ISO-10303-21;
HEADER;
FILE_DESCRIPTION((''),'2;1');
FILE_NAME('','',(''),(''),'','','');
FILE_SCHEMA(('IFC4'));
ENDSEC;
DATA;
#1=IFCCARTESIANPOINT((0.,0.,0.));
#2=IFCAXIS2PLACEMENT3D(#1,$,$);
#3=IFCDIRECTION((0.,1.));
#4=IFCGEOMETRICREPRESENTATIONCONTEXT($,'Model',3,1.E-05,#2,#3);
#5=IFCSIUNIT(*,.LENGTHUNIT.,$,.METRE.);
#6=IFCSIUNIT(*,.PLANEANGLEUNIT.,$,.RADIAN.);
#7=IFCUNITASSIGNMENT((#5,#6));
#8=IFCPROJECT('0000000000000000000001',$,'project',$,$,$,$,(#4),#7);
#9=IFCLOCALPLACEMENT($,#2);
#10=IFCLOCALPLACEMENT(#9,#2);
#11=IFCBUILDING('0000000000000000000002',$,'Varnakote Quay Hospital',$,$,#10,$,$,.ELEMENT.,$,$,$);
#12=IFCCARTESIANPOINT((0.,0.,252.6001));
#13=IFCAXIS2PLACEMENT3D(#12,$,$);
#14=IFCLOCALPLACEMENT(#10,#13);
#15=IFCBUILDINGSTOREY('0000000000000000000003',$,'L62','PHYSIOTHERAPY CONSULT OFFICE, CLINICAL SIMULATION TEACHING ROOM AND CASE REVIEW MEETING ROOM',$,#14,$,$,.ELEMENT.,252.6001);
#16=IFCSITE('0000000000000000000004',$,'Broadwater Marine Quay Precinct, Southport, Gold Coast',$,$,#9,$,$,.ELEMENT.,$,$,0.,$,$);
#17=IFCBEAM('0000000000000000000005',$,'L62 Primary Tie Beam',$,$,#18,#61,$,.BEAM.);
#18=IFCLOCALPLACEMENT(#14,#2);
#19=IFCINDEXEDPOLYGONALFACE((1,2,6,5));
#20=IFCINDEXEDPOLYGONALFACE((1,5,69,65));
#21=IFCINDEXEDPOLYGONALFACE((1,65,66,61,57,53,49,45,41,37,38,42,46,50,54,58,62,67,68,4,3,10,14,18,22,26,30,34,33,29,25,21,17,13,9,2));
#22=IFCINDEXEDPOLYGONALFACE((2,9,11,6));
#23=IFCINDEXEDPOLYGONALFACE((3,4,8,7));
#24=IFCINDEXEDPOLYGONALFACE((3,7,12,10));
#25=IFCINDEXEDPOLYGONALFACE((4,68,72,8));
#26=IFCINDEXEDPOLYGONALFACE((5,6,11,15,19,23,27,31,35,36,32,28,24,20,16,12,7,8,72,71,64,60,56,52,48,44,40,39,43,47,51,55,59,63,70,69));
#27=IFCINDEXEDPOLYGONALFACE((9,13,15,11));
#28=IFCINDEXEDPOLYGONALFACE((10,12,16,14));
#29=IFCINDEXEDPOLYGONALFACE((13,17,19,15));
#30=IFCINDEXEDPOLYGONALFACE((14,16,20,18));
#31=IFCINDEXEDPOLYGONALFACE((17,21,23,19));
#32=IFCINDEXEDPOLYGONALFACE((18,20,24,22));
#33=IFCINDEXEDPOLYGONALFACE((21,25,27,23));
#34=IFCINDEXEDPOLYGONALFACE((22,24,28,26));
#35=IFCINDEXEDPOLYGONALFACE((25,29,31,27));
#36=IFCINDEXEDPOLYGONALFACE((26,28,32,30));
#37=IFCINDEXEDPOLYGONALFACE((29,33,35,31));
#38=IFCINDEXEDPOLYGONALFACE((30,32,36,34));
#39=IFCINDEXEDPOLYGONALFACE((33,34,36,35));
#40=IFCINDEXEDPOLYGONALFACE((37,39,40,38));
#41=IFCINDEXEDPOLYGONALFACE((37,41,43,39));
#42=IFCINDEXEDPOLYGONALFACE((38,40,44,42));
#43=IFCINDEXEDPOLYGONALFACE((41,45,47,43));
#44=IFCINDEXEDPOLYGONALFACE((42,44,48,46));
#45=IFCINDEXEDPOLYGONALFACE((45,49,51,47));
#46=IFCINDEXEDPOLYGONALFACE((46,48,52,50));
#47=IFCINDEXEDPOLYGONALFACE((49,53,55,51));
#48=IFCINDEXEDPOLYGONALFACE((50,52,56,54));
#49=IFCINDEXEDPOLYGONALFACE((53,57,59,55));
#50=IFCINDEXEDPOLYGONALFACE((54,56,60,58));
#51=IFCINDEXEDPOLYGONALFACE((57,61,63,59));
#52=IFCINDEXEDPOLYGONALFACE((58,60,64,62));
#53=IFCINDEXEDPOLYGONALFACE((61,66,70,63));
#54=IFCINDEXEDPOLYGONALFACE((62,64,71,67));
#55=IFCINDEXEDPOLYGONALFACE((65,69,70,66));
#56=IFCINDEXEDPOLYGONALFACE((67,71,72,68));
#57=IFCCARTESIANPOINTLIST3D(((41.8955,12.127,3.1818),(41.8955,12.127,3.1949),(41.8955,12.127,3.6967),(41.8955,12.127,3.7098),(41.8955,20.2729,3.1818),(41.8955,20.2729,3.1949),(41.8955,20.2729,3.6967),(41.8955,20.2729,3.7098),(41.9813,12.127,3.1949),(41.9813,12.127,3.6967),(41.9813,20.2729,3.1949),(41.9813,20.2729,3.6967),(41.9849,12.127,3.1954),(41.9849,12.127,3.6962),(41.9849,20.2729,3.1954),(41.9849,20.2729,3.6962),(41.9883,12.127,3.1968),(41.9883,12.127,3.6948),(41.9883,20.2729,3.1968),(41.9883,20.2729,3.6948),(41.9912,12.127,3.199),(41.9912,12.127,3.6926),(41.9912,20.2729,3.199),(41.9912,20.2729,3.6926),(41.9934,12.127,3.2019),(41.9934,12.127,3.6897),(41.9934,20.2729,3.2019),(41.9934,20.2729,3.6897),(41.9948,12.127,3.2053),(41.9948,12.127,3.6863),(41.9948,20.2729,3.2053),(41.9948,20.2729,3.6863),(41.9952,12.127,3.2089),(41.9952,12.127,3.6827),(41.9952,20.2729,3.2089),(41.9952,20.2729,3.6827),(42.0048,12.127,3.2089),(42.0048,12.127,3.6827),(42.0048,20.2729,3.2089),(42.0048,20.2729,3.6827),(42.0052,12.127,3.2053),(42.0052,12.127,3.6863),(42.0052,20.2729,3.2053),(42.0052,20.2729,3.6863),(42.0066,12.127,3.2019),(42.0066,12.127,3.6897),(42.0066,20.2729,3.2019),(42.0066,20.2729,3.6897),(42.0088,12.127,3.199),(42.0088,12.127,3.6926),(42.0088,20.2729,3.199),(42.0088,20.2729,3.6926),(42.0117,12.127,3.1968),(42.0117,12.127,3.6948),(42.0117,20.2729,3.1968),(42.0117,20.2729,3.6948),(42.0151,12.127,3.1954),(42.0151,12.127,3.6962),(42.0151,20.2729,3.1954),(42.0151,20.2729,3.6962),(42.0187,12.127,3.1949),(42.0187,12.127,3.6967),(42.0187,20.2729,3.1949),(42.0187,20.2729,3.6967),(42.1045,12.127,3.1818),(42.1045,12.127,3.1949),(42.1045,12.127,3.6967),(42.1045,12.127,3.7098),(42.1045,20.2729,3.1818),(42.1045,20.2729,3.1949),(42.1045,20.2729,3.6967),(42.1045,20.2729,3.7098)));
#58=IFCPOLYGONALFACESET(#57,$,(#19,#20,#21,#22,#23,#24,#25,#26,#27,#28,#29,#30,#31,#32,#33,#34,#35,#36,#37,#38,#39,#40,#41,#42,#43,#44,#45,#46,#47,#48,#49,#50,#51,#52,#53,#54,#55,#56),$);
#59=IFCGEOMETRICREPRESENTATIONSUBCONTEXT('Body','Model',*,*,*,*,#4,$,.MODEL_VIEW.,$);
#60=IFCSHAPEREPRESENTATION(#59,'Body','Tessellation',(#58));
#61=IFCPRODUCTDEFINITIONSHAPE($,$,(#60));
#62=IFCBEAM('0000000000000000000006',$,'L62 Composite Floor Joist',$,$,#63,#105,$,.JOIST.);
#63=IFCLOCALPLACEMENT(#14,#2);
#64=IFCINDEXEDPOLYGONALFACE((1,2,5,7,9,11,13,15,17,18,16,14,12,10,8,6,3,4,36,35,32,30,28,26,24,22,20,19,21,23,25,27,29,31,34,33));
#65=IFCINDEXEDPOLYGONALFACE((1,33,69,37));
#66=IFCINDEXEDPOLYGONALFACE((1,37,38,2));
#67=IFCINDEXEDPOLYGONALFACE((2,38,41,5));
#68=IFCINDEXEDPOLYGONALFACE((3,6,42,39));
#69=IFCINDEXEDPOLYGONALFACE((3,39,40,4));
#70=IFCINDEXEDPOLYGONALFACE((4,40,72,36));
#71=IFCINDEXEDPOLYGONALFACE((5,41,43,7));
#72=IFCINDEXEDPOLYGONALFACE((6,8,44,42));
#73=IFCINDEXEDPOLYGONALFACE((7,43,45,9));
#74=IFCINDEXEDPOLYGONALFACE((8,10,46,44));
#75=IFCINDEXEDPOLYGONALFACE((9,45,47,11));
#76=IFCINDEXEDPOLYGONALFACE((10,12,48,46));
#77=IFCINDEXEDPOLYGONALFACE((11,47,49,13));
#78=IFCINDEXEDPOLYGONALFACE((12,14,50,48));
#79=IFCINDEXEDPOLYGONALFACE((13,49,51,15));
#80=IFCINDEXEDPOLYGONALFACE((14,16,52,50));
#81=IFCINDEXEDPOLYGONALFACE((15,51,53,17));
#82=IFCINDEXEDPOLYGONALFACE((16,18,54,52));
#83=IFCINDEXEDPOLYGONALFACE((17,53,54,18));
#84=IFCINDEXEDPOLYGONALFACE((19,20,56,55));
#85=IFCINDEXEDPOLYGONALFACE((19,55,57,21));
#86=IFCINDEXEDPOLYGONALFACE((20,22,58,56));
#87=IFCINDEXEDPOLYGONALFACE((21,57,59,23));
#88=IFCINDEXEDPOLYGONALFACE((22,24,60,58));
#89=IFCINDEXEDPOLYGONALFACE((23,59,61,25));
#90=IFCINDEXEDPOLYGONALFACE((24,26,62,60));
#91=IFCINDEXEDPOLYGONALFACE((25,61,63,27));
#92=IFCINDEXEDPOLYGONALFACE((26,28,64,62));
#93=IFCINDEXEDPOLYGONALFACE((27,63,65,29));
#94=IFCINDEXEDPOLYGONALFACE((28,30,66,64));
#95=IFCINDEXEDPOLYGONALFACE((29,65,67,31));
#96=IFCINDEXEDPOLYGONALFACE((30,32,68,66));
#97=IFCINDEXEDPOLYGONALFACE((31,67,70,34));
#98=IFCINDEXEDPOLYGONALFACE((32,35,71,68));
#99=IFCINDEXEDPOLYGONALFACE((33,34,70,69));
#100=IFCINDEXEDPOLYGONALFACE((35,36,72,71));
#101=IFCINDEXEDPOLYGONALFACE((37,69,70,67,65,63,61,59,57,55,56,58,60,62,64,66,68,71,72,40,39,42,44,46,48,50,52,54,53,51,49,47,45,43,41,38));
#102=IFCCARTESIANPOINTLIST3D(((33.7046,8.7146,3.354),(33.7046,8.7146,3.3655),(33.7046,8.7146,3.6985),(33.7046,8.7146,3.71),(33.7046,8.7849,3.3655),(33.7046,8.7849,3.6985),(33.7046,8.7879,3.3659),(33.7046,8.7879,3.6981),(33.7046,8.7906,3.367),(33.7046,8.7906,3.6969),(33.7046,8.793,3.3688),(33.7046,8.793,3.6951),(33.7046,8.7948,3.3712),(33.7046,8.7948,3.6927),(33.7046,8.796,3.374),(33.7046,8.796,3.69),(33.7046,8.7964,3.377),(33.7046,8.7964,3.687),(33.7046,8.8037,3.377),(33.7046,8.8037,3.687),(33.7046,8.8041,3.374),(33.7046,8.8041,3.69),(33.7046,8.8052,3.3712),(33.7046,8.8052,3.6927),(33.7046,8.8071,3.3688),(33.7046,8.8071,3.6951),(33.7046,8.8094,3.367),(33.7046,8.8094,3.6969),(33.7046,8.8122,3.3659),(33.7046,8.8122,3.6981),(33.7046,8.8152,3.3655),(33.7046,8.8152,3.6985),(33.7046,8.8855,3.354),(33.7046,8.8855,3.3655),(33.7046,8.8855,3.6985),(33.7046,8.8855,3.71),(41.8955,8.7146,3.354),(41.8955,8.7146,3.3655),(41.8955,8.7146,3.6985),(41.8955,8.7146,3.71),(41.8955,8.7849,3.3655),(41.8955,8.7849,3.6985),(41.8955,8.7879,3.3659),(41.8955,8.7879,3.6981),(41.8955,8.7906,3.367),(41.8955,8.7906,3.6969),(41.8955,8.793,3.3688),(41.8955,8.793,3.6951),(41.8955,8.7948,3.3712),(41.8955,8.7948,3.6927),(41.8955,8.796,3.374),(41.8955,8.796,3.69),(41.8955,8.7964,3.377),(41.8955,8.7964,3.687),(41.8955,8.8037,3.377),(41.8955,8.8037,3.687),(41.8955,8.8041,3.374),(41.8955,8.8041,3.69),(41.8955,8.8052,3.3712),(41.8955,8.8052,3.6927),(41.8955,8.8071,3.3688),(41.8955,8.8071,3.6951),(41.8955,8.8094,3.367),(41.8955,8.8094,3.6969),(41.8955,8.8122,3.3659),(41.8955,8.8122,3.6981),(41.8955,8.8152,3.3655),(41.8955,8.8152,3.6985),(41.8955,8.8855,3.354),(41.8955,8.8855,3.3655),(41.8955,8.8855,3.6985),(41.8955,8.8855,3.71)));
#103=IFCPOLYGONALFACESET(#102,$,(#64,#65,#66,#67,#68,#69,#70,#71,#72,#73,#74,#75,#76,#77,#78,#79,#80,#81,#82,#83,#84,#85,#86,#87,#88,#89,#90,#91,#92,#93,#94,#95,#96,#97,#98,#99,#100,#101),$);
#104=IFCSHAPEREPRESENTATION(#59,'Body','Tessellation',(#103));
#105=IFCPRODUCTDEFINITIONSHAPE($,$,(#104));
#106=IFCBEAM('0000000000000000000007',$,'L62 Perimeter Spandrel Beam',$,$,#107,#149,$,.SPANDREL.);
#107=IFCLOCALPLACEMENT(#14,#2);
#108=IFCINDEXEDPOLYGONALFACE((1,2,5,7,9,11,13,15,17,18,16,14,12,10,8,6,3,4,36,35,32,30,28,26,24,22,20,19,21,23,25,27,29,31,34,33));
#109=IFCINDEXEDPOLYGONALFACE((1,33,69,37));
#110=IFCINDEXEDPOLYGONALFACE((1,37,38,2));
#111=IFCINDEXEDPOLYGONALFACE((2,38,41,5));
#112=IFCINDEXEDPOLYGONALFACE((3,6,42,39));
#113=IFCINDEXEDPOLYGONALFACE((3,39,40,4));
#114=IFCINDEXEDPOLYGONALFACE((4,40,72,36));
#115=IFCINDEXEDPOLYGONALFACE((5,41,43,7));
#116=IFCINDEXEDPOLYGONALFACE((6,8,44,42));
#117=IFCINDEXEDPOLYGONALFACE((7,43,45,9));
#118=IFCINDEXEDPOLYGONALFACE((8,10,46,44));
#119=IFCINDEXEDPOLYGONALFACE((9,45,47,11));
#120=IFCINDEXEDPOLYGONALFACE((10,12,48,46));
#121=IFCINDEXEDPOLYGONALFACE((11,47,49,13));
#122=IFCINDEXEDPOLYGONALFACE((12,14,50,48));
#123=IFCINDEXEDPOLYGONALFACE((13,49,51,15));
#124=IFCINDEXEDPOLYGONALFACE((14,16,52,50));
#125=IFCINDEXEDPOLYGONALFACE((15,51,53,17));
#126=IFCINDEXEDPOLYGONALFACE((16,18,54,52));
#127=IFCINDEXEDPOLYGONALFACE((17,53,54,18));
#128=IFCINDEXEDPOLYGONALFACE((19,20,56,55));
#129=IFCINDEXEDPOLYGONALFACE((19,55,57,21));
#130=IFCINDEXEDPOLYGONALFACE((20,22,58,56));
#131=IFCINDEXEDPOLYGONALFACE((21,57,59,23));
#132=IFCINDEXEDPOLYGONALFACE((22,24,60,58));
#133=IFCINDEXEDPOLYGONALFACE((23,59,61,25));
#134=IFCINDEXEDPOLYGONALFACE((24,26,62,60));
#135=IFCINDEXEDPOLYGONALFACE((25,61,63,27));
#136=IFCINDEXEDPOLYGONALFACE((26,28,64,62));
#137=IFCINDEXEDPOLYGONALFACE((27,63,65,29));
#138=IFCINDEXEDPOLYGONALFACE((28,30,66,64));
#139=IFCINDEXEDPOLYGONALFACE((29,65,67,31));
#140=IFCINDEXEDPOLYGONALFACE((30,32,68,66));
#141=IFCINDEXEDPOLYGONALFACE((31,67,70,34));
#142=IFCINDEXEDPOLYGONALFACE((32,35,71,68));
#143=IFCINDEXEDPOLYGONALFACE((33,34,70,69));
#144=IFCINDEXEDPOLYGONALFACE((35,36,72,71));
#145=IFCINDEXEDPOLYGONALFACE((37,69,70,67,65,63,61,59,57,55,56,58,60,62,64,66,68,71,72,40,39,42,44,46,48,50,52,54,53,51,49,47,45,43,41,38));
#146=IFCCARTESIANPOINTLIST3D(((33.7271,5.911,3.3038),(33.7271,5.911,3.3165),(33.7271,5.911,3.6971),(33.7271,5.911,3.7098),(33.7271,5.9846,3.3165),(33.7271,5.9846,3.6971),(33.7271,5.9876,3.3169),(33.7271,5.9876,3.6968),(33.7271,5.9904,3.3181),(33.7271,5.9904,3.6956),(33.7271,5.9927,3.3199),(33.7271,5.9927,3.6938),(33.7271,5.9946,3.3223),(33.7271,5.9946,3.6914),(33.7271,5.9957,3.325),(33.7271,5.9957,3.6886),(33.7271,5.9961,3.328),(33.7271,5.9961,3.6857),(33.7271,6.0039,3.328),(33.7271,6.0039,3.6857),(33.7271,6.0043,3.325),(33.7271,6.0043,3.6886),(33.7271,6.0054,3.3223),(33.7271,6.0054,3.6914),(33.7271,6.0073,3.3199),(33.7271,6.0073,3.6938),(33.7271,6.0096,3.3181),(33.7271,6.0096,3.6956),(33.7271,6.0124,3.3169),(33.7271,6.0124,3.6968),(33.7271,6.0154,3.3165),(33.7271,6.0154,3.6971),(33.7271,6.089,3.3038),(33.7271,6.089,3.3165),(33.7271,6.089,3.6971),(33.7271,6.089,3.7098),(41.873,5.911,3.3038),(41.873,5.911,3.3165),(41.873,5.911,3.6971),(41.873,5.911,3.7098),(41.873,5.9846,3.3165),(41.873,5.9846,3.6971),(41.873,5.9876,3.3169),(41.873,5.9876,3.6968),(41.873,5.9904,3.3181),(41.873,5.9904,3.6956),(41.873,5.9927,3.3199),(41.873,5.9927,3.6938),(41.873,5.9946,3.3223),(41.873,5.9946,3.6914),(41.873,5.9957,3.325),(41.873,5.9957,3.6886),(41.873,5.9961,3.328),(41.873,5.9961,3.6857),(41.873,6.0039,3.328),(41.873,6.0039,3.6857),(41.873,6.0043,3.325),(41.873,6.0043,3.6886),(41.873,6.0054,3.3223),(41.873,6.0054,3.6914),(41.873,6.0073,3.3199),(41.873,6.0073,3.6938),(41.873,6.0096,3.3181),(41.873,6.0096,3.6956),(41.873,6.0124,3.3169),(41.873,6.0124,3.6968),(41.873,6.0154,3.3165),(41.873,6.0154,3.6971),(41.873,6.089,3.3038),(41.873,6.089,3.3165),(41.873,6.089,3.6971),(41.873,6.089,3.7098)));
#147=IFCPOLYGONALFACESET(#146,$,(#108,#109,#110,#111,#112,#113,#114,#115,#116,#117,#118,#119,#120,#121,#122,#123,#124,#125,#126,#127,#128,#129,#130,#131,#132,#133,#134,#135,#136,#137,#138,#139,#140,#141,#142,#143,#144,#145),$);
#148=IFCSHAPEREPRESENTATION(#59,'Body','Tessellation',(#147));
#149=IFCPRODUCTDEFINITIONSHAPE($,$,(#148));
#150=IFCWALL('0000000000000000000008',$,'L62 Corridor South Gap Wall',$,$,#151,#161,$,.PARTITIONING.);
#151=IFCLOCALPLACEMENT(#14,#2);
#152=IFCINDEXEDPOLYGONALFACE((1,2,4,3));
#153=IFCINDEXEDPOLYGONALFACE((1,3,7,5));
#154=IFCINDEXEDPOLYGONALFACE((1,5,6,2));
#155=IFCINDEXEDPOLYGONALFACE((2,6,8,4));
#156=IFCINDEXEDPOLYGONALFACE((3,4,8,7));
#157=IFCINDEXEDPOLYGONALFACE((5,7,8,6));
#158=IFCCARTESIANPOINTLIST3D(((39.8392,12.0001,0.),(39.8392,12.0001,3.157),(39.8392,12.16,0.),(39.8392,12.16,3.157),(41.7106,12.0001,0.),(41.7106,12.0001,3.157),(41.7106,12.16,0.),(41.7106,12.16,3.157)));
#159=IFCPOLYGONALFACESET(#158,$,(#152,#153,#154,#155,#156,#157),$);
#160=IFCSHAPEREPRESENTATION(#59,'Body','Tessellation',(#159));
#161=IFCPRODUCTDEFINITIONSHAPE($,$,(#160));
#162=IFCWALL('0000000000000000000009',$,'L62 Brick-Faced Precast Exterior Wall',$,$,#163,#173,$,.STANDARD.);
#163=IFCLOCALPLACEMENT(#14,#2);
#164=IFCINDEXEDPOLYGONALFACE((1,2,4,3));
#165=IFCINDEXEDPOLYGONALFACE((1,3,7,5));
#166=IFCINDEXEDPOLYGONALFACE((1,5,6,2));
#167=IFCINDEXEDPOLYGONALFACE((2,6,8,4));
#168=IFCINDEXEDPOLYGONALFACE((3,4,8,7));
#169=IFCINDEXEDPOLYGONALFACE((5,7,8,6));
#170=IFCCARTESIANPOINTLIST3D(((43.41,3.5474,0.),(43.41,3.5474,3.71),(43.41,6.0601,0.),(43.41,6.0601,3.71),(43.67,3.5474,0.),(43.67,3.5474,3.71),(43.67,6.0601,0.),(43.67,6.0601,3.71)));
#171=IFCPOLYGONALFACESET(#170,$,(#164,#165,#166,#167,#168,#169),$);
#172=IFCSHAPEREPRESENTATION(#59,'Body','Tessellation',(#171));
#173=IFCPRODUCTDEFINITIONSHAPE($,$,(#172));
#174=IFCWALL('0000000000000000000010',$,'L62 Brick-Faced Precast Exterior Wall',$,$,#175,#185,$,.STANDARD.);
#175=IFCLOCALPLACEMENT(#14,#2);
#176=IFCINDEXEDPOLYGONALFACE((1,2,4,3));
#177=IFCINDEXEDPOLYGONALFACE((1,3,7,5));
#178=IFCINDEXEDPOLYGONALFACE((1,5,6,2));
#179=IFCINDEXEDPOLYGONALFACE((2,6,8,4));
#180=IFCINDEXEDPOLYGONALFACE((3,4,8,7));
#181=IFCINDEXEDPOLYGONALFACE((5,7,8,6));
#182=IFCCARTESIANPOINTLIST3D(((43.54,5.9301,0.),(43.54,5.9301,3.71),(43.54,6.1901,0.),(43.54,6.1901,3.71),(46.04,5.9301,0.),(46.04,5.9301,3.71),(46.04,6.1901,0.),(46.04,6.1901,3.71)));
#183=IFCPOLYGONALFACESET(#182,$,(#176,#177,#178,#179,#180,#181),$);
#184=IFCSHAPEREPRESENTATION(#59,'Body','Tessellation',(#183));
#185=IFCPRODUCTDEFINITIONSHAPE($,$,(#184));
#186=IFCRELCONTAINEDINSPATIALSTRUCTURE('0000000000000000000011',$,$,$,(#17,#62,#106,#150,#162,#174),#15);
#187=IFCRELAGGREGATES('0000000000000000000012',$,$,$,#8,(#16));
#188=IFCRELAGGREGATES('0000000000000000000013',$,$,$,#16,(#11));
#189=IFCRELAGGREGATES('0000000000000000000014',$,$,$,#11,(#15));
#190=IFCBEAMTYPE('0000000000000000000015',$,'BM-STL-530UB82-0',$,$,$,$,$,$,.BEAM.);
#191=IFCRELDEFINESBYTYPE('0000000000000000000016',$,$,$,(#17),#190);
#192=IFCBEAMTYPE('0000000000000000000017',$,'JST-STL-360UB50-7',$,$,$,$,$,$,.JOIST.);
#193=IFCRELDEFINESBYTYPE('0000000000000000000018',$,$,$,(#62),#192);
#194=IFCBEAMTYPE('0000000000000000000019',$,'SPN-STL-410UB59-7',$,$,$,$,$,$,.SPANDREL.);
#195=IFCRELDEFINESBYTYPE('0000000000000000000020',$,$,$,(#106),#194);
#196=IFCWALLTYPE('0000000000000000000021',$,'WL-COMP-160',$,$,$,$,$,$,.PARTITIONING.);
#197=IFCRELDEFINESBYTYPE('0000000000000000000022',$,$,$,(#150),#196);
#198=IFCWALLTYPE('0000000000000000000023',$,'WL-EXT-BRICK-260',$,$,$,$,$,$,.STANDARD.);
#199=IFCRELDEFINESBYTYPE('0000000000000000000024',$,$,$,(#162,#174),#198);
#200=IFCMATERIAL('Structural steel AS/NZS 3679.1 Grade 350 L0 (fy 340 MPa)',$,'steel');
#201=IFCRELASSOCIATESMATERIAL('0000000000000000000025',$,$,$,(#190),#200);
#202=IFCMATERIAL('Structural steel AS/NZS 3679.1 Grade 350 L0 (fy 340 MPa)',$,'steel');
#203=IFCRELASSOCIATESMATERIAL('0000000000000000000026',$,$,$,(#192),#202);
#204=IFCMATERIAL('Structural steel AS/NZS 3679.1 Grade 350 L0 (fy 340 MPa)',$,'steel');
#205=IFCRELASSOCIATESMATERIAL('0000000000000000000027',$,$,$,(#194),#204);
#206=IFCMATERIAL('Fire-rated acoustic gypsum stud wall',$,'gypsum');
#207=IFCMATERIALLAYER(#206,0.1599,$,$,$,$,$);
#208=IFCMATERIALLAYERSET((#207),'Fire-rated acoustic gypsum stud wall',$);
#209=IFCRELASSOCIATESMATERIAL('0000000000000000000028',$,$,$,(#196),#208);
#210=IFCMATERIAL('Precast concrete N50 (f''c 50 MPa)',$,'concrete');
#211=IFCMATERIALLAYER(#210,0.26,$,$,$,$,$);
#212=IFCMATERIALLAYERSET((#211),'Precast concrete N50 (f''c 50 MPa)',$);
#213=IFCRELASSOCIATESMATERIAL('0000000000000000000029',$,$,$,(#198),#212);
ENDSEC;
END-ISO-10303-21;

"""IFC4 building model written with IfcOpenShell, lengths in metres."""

from ifc_helpers import new_model, si_unit, direction, frame, frame_2d, origin, origin_2d, place, context, subcontext, project, spatial, rectangle, i_section, extrude, material, layer, layer_set, material_profile, profile_set, type_object, element, save


model = new_model("IFC4")

# Units and contexts
model_context = context("Model", 3, precision=1e-05, world=origin(), true_north=direction((0.0, 1.0)))
body_context = subcontext(model_context, "Body", "Model", "MODEL_VIEW")
ifc_project = project(units=[si_unit("LENGTHUNIT", "METRE"), si_unit("PLANEANGLEUNIT", "RADIAN")], contexts=[model_context])

# Site, building, storey
site_placement = place(None, origin())
site = spatial("IfcSite", under=ifc_project, at=site_placement, Name="Broadwater Marine Quay Precinct, Southport, Gold Coast", CompositionType="ELEMENT", RefElevation=0.0)
building_placement = place(site_placement, origin())
building = spatial("IfcBuilding", under=site, at=building_placement, Name="Varnakote Quay Hospital", CompositionType="ELEMENT")
storey_placement = place(building_placement, frame((0.0, 0.0, 252.6001)))
storey = spatial("IfcBuildingStorey", under=building, at=storey_placement, Name="L62", Description="PHYSIOTHERAPY CONSULT OFFICE, CLINICAL SIMULATION TEACHING ROOM AND CASE REVIEW MEETING ROOM", CompositionType="ELEMENT", Elevation=252.6001)

# Beams
ifc_material_1 = material(Name="Structural steel AS/NZS 3679.1 Grade 350 L0 (fy 340 MPa)", Category="steel")
ifc_material_profile_1 = material_profile(ifc_material_1, i_section(OverallWidth=0.209, OverallDepth=0.5281, WebThickness=0.0095, FlangeThickness=0.0132, FilletRadius=0.0139, at=origin_2d()), Name="530UB82.0")
ifc_profile_set_1 = profile_set([ifc_material_profile_1], Name="Structural steel AS/NZS 3679.1 Grade 350 L0 (fy 340 MPa)")
beam_type_1 = type_object("IfcBeamType", Name="BM-STL-530UB82-0", PredefinedType="BEAM", material=ifc_profile_set_1)
beam_1_placement = place(storey_placement, frame((42.0, 12.127, 3.4458), z_axis=(0.0, 1.0, 0.0), x_axis=(-1.0, 0.0, 0.0)))
element("IfcBeam", 1, at=beam_1_placement, inside=storey, type_object=beam_type_1, Name="L62 Primary Tie Beam", PredefinedType="BEAM", context=body_context, shape_type="SweptSolid", body=[
    extrude(i_section(OverallWidth=0.209, OverallDepth=0.5281, WebThickness=0.0095, FlangeThickness=0.0132, FilletRadius=0.0139, at=origin_2d()), origin(), (0.0, 0.0, 1.0), 8.146),
])
ifc_material_2 = material(Name="Structural steel AS/NZS 3679.1 Grade 350 L0 (fy 340 MPa)", Category="steel")
ifc_material_profile_2 = material_profile(ifc_material_2, i_section(OverallWidth=0.1709, OverallDepth=0.356, WebThickness=0.0073, FlangeThickness=0.0115, FilletRadius=0.0115, at=origin_2d()), Name="360UB50.7")
ifc_profile_set_2 = profile_set([ifc_material_profile_2], Name="Structural steel AS/NZS 3679.1 Grade 350 L0 (fy 340 MPa)")
beam_type_2 = type_object("IfcBeamType", Name="JST-STL-360UB50-7", PredefinedType="JOIST", material=ifc_profile_set_2)
beam_2_placement = place(storey_placement, frame((33.7046, 8.8, 3.532), z_axis=(1.0, 0.0, 0.0), x_axis=(0.0, 1.0, 0.0)))
element("IfcBeam", 2, at=beam_2_placement, inside=storey, type_object=beam_type_2, Name="L62 Composite Floor Joist", PredefinedType="JOIST", context=body_context, shape_type="SweptSolid", body=[
    extrude(i_section(OverallWidth=0.1709, OverallDepth=0.356, WebThickness=0.0073, FlangeThickness=0.0115, FilletRadius=0.0115, at=origin_2d()), origin(), (0.0, 0.0, 1.0), 8.1909),
])
ifc_material_3 = material(Name="Structural steel AS/NZS 3679.1 Grade 350 L0 (fy 340 MPa)", Category="steel")
ifc_material_profile_3 = material_profile(ifc_material_3, i_section(OverallWidth=0.178, OverallDepth=0.406, WebThickness=0.0078, FlangeThickness=0.0127, FilletRadius=0.0115, at=origin_2d()), Name="410UB59.7")
ifc_profile_set_3 = profile_set([ifc_material_profile_3], Name="Structural steel AS/NZS 3679.1 Grade 350 L0 (fy 340 MPa)")
beam_type_3 = type_object("IfcBeamType", Name="SPN-STL-410UB59-7", PredefinedType="SPANDREL", material=ifc_profile_set_3)
beam_3_placement = place(storey_placement, frame((33.7271, 6.0, 3.5068), z_axis=(1.0, 0.0, 0.0), x_axis=(0.0, 1.0, 0.0)))
element("IfcBeam", 3, at=beam_3_placement, inside=storey, type_object=beam_type_3, Name="L62 Perimeter Spandrel Beam", PredefinedType="SPANDREL", context=body_context, shape_type="SweptSolid", body=[
    extrude(i_section(OverallWidth=0.178, OverallDepth=0.406, WebThickness=0.0078, FlangeThickness=0.0127, FilletRadius=0.0115, at=origin_2d()), origin(), (0.0, 0.0, 1.0), 8.146),
])

# Walls
ifc_material_4 = material(Name="Fire-rated acoustic gypsum stud wall", Category="gypsum")
ifc_layer_1 = layer(ifc_material_4, 0.1599)
ifc_layer_set_1 = layer_set([ifc_layer_1], Name="Fire-rated acoustic gypsum stud wall")
wall_type_1 = type_object("IfcWallType", Name="WL-COMP-160", PredefinedType="PARTITIONING", material=ifc_layer_set_1)
wall_1_placement = place(storey_placement, frame((39.8394, 12.0801, 0.0), z_axis=(0.0, 0.0, 1.0), x_axis=(1.0, 0.0, 0.0)))
element("IfcWall", 4, at=wall_1_placement, inside=storey, type_object=wall_type_1, Name="L62 Corridor South Gap Wall", PredefinedType="PARTITIONING", context=body_context, shape_type="SweptSolid", body=[
    extrude(rectangle(XDim=1.8713, YDim=0.1599, at=frame_2d((0.9355, 0.0))), origin(), (0.0, 0.0, 1.0), 3.157),
])
ifc_material_5 = material(Name="Precast concrete N50 (f'c 50 MPa)", Category="concrete")
ifc_layer_2 = layer(ifc_material_5, 0.26)
ifc_layer_set_2 = layer_set([ifc_layer_2], Name="Precast concrete N50 (f'c 50 MPa)")
wall_type_2 = type_object("IfcWallType", Name="WL-EXT-BRICK-260", PredefinedType="STANDARD", material=ifc_layer_set_2)
wall_2_placement = place(storey_placement, frame((43.54, 3.5474, 0.0), z_axis=(0.0, 0.0, 1.0), x_axis=(0.0, 1.0, 0.0)))
element("IfcWall", 5, at=wall_2_placement, inside=storey, type_object=wall_type_2, Name="L62 Brick-Faced Precast Exterior Wall", PredefinedType="STANDARD", context=body_context, shape_type="SweptSolid", body=[
    extrude(rectangle(XDim=2.5127, YDim=0.26, at=frame_2d((1.2563, 0.0))), origin(), (0.0, 0.0, 1.0), 3.71),
])
wall_3_placement = place(storey_placement, frame((43.54, 6.0601, 0.0), z_axis=(0.0, 0.0, 1.0), x_axis=(1.0, 0.0, 0.0)))
element("IfcWall", 6, at=wall_3_placement, inside=storey, type_object=wall_type_2, Name="L62 Brick-Faced Precast Exterior Wall", PredefinedType="STANDARD", context=body_context, shape_type="SweptSolid", body=[
    extrude(rectangle(XDim=2.5, YDim=0.26, at=frame_2d((1.25, 0.0))), origin(), (0.0, 0.0, 1.0), 3.71),
])

save(model, "model.ifc")
